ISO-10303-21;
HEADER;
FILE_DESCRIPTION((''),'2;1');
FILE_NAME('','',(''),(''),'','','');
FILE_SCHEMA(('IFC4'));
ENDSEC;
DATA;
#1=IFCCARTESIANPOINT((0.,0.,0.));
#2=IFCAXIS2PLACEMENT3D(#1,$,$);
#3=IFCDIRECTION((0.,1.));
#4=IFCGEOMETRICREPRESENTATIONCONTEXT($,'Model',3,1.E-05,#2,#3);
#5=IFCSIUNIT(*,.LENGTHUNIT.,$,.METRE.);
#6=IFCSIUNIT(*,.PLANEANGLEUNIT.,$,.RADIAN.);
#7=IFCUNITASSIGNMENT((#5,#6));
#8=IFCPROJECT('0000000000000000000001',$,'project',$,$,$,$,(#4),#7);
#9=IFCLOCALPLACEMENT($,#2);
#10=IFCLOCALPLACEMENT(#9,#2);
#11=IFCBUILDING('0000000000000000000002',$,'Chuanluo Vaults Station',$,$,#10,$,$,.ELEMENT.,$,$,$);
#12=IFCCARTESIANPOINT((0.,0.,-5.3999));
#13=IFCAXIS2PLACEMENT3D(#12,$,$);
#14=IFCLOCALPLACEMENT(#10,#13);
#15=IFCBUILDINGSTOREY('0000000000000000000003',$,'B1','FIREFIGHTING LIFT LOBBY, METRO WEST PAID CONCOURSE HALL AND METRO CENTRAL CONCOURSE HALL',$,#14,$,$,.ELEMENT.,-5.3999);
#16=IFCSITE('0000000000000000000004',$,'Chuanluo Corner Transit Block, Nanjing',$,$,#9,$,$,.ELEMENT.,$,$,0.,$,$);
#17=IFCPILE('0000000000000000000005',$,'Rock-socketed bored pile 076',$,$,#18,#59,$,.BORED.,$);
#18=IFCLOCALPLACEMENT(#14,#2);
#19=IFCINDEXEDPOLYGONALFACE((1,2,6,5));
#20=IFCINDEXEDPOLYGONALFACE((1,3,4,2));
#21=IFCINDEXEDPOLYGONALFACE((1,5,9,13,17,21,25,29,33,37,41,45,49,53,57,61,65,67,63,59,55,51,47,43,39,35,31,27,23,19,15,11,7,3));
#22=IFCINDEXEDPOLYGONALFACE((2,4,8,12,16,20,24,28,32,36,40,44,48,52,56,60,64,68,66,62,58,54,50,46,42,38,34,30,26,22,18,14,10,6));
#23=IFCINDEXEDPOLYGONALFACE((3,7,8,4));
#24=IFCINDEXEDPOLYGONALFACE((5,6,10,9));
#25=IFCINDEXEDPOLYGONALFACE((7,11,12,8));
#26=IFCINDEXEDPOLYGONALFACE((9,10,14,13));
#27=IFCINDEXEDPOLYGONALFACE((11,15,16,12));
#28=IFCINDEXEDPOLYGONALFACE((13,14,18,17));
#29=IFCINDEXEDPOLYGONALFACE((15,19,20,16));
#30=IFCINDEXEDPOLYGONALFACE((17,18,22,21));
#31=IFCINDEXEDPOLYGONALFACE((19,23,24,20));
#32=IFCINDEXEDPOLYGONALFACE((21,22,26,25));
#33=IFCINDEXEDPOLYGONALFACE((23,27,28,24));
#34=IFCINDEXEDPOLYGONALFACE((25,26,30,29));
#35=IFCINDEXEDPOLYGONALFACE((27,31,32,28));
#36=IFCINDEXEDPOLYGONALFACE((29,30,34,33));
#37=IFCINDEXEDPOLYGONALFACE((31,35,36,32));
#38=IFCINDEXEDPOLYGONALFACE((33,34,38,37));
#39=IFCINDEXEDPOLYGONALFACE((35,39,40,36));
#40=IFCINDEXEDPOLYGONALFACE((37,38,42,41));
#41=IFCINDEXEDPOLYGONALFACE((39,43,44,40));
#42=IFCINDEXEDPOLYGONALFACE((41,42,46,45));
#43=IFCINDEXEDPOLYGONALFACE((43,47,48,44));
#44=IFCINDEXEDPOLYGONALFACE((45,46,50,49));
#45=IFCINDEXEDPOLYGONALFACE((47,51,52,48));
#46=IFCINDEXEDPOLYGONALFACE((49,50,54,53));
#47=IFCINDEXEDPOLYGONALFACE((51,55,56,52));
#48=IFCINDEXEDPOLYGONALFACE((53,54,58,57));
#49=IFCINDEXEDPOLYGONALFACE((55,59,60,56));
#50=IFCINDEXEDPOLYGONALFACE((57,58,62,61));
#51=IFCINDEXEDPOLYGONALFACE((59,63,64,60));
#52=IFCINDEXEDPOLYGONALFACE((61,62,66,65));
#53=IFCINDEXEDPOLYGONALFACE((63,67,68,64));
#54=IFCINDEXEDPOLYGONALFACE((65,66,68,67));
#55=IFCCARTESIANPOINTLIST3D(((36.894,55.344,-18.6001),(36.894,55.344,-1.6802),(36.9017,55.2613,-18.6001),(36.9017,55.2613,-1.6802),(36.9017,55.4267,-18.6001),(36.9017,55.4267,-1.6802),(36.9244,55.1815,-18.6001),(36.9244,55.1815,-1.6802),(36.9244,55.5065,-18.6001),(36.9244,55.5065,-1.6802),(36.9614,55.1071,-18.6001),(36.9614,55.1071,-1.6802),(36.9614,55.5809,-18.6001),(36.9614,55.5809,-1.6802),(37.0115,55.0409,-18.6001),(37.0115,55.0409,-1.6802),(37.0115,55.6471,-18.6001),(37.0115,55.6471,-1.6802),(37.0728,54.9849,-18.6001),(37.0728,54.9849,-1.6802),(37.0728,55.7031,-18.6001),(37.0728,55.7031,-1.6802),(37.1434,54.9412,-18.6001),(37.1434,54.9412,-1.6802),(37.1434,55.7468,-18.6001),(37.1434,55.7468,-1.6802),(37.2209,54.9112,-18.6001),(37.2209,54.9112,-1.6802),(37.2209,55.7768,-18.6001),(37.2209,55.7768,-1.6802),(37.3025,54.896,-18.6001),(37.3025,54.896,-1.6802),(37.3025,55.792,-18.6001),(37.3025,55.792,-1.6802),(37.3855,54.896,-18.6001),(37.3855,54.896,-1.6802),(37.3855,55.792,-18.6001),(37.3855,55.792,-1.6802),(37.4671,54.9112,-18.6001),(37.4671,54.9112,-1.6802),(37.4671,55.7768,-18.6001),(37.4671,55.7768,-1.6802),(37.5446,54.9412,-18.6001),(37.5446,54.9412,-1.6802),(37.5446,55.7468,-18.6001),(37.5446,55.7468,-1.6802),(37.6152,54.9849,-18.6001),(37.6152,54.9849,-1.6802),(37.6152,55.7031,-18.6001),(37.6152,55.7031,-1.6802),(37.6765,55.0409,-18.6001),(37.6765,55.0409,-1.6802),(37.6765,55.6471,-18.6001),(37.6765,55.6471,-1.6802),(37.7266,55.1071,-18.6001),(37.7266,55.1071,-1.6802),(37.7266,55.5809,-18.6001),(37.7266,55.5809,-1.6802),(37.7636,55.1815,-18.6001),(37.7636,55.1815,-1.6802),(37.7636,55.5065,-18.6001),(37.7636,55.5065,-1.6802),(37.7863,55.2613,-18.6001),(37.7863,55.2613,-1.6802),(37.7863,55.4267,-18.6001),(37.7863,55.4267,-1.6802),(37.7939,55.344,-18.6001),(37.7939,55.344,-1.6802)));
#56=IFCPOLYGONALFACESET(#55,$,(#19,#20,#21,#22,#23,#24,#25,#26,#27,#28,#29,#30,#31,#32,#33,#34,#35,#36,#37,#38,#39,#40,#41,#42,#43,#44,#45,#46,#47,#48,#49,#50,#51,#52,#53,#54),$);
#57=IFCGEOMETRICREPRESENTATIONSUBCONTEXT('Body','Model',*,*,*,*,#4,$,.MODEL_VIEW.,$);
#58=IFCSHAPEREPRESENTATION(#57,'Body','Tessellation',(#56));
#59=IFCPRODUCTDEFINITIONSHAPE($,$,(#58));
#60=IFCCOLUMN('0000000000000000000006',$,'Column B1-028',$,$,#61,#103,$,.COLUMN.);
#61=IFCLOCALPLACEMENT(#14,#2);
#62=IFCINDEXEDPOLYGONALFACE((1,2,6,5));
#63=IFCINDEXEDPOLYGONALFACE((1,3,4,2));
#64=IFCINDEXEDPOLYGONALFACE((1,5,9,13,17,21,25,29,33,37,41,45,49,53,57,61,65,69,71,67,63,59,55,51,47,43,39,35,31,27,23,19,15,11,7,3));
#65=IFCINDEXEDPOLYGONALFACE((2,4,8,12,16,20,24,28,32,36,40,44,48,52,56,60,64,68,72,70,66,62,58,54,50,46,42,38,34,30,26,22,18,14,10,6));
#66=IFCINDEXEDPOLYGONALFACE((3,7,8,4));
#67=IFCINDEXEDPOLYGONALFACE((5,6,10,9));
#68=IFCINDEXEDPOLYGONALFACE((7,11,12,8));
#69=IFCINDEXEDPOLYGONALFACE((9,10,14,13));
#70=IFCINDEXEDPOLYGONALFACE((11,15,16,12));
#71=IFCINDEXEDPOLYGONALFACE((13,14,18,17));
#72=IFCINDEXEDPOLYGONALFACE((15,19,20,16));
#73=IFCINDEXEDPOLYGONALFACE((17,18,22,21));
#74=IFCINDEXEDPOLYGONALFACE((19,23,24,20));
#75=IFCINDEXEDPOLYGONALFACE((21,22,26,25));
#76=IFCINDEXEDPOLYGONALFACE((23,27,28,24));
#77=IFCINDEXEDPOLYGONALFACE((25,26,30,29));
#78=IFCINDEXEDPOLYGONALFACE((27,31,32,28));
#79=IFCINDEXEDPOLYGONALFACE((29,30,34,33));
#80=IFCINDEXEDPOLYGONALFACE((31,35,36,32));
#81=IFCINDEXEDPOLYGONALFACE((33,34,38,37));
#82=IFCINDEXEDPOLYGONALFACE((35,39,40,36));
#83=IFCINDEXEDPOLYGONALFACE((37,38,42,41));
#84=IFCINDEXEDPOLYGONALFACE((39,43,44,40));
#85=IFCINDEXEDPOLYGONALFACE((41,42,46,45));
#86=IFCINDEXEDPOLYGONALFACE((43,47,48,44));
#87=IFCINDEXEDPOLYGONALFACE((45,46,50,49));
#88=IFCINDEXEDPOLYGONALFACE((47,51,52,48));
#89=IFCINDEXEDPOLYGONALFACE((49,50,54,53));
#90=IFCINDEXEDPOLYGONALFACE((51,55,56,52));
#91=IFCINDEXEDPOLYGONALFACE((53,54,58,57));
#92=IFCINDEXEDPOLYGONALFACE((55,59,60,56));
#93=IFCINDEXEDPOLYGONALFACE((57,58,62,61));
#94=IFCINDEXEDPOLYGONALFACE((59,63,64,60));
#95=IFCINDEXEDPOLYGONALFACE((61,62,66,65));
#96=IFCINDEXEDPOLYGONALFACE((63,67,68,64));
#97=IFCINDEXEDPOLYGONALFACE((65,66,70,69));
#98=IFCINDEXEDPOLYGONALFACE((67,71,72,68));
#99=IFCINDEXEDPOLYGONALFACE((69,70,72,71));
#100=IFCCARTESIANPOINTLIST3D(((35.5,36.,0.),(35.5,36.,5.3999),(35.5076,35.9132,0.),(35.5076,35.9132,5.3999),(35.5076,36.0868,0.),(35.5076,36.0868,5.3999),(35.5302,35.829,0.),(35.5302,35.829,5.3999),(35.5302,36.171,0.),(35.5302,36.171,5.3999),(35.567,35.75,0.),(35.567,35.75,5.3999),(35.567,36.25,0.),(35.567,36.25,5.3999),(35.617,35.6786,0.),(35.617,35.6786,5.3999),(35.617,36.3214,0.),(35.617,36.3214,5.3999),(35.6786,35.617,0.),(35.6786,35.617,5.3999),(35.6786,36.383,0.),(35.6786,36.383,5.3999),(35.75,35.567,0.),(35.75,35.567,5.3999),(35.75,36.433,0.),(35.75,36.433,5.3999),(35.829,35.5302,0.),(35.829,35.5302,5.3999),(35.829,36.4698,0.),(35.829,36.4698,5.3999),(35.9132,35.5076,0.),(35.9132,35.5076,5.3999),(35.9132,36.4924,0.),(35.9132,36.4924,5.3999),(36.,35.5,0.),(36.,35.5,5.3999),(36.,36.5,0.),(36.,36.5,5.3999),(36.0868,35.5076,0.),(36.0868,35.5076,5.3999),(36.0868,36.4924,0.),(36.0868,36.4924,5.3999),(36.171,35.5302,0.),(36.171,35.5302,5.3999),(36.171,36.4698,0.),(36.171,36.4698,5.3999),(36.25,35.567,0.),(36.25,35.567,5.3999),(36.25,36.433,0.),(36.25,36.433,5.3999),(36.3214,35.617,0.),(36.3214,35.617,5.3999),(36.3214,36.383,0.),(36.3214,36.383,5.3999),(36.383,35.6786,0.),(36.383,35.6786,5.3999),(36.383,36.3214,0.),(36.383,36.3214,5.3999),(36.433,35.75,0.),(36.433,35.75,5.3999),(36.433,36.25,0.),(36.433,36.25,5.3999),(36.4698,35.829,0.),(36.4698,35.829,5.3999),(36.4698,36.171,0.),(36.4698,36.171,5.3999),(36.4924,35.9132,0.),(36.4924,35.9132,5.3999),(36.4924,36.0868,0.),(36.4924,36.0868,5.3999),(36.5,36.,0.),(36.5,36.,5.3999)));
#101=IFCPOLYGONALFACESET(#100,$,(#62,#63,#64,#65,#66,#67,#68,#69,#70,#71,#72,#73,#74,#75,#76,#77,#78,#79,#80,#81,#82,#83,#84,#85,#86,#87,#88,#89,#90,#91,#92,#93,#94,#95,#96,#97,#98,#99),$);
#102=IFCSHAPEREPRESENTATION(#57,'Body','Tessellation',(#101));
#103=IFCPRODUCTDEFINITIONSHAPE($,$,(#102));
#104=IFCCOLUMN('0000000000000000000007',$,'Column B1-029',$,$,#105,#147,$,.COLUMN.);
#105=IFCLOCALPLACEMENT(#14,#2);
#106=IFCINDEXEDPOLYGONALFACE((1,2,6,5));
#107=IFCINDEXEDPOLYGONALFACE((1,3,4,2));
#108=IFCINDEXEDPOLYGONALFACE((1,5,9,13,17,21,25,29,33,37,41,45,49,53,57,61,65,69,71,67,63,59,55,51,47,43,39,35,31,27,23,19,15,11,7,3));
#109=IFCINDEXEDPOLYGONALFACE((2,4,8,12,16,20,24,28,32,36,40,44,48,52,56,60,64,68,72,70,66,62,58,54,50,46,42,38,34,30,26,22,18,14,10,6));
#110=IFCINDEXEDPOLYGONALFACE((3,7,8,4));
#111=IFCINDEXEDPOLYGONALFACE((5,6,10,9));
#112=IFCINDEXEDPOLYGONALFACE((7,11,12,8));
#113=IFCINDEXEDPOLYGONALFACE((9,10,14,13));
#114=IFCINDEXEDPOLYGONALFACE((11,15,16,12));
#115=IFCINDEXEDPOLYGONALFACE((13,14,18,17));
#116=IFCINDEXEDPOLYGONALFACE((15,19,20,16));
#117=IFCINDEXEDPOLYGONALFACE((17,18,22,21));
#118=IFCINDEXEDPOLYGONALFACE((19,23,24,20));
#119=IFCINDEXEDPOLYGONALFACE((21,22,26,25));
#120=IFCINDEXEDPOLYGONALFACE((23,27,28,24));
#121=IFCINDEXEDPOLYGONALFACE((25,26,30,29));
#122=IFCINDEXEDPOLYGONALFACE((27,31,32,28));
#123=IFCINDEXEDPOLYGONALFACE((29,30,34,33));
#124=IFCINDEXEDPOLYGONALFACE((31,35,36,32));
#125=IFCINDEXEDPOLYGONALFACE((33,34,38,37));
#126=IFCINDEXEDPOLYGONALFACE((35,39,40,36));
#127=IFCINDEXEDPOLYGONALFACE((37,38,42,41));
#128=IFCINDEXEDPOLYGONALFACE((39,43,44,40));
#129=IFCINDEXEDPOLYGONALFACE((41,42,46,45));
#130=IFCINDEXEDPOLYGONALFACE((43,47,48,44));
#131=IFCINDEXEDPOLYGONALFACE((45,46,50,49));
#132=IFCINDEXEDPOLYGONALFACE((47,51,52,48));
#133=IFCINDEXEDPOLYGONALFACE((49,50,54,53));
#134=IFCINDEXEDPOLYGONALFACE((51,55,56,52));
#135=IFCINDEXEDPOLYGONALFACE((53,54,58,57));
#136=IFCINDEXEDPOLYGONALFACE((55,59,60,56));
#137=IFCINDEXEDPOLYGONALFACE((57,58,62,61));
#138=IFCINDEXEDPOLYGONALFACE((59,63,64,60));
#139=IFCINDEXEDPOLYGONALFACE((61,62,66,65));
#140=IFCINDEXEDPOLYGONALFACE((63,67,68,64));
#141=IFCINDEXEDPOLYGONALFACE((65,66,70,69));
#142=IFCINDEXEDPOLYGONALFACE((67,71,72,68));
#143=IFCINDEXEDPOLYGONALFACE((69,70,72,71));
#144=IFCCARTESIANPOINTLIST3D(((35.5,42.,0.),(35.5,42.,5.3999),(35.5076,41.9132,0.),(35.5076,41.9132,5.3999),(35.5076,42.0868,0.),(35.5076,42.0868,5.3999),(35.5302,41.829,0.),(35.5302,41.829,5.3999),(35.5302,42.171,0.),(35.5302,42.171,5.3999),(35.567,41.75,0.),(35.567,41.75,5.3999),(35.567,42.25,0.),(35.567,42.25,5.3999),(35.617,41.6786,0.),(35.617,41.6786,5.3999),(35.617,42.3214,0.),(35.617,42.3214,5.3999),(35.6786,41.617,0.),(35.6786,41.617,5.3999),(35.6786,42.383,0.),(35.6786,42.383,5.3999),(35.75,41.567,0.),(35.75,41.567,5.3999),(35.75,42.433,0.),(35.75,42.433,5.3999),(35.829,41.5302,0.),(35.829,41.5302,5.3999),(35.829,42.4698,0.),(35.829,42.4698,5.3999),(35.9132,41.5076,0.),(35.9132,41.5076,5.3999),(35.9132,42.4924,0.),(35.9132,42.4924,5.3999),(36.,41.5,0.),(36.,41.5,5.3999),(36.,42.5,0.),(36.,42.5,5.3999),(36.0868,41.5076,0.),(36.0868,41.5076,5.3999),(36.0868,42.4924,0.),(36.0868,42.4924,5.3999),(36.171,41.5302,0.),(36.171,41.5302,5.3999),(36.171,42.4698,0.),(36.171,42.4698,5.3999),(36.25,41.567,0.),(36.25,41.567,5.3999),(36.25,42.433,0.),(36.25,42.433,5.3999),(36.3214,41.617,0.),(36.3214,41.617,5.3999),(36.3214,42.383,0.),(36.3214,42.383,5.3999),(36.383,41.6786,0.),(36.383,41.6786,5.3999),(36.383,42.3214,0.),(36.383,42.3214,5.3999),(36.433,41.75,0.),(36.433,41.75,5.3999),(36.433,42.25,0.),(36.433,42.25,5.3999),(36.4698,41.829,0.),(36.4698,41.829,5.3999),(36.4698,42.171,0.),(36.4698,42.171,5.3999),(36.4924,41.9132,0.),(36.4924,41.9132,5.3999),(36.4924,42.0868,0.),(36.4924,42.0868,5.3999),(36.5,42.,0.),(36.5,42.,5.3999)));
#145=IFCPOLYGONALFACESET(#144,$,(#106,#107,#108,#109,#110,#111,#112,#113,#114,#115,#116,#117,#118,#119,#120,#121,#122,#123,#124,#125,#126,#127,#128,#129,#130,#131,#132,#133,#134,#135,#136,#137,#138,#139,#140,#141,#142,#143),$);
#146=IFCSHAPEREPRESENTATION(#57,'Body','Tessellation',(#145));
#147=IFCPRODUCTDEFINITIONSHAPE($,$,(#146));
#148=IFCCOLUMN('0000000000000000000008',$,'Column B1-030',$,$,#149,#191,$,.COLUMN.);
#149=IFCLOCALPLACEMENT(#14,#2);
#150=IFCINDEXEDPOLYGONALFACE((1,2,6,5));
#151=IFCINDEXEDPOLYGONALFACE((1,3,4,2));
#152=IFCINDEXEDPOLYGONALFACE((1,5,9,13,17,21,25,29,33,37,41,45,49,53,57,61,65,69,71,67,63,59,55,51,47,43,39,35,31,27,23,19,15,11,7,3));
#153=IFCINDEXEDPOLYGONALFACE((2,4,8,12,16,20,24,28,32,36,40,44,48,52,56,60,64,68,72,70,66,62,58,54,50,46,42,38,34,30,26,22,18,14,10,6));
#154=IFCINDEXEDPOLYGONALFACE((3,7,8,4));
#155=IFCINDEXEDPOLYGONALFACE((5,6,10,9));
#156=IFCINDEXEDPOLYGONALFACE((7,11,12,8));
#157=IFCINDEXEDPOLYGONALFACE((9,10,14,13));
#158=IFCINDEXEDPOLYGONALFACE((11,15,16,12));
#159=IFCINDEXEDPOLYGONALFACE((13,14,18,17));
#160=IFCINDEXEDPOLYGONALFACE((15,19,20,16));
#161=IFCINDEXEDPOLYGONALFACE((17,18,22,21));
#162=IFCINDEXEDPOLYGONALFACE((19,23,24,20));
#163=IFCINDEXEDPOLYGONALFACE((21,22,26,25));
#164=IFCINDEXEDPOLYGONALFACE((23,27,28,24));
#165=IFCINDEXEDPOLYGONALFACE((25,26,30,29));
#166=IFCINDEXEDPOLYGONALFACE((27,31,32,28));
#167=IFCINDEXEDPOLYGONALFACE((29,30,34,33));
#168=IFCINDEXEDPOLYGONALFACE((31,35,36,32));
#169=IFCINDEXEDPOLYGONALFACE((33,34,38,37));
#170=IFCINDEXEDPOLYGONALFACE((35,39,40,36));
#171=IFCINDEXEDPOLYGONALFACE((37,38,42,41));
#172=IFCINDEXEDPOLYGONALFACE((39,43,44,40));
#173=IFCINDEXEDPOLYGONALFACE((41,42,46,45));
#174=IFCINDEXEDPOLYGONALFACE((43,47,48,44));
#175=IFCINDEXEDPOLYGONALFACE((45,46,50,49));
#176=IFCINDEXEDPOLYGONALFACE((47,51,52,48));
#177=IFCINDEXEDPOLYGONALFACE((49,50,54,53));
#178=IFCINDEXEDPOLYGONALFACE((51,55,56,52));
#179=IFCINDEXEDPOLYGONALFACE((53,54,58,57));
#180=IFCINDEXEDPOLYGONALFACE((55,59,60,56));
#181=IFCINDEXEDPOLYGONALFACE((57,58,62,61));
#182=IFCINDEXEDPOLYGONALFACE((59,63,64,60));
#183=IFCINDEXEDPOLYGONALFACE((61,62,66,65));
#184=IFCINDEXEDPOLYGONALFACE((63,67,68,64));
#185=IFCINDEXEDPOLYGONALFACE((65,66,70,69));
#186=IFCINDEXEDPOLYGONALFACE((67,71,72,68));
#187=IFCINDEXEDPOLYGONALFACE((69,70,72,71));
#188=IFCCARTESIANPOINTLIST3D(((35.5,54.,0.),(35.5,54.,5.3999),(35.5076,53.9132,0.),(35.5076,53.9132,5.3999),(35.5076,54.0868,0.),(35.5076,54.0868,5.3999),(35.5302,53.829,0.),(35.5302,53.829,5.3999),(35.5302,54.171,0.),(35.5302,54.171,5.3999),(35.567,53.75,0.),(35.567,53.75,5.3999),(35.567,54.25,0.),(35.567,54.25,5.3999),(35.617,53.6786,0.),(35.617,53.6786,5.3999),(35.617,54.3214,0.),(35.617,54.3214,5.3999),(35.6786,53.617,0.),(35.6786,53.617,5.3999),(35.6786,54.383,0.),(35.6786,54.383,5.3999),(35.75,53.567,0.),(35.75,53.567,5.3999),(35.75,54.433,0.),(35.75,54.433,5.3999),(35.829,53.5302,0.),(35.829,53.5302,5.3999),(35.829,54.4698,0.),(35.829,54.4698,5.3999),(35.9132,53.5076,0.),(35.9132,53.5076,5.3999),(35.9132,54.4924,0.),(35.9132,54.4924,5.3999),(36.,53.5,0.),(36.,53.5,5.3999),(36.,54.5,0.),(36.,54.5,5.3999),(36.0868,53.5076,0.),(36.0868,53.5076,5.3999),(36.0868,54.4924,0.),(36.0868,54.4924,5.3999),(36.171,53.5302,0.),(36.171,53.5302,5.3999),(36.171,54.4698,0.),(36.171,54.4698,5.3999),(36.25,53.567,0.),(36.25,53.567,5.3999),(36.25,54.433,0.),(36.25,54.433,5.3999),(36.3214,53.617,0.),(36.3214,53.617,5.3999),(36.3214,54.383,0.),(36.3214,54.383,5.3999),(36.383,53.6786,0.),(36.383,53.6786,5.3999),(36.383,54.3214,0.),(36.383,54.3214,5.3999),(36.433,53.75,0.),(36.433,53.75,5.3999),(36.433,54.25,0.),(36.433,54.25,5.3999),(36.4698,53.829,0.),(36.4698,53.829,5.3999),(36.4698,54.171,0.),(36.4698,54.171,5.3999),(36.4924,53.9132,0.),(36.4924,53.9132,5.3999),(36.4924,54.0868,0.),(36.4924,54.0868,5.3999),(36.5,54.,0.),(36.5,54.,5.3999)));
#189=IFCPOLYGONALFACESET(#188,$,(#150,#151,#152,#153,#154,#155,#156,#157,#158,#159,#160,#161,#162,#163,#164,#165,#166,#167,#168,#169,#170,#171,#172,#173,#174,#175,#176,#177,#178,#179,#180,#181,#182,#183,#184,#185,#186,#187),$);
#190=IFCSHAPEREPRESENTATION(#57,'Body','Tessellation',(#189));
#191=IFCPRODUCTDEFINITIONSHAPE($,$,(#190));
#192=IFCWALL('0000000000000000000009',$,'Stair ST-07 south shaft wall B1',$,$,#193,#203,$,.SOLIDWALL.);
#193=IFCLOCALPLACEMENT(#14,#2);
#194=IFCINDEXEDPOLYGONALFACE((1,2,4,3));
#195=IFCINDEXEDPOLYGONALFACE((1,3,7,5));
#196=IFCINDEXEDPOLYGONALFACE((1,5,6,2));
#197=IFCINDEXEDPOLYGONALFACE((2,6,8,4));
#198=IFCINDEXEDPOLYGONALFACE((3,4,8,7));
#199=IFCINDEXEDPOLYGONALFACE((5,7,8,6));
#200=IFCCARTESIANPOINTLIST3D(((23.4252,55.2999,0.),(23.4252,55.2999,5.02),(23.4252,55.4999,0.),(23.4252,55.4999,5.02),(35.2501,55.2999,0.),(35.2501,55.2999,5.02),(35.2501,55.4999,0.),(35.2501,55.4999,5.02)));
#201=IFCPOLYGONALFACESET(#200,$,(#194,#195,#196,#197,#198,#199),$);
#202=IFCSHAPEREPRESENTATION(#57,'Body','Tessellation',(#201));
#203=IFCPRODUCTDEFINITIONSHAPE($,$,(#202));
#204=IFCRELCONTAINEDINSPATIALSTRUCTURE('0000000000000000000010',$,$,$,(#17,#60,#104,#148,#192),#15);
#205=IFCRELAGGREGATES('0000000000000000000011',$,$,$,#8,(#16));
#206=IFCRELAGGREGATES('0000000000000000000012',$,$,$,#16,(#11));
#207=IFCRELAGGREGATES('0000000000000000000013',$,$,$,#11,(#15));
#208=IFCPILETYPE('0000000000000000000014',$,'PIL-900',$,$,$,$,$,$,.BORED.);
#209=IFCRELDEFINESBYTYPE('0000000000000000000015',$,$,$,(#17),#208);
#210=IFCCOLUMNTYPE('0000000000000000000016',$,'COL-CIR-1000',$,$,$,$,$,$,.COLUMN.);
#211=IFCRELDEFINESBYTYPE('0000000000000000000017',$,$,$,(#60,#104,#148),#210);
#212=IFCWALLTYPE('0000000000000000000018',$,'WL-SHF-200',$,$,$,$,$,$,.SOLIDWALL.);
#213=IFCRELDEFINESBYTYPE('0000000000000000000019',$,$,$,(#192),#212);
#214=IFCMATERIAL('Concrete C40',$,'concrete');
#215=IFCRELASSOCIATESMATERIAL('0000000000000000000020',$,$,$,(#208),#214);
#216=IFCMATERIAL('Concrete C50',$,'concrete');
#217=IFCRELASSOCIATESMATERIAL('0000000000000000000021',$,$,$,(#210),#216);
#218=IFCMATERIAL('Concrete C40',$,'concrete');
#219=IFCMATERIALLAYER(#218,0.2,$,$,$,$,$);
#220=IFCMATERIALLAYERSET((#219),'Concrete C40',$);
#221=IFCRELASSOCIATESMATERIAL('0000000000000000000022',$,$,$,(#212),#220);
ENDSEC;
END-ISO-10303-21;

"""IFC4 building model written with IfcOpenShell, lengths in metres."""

from ifc_helpers import new_model, si_unit, direction, frame, frame_2d, origin, origin_2d, place, context, subcontext, project, spatial, rectangle, circle, extrude, material, layer, layer_set, material_profile, profile_set, type_object, element, save


model = new_model("IFC4")

# Units and contexts
model_context = context("Model", 3, precision=1e-05, world=origin(), true_north=direction((0.0, 1.0)))
body_context = subcontext(model_context, "Body", "Model", "MODEL_VIEW")
ifc_project = project(units=[si_unit("LENGTHUNIT", "METRE"), si_unit("PLANEANGLEUNIT", "RADIAN")], contexts=[model_context])

# Site, building, storey
site_placement = place(None, origin())
site = spatial("IfcSite", under=ifc_project, at=site_placement, Name="Chuanluo Corner Transit Block, Nanjing", CompositionType="ELEMENT", RefElevation=0.0)
building_placement = place(site_placement, origin())
building = spatial("IfcBuilding", under=site, at=building_placement, Name="Chuanluo Vaults Station", CompositionType="ELEMENT")
storey_placement = place(building_placement, frame((0.0, 0.0, -5.3999)))
storey = spatial("IfcBuildingStorey", under=building, at=storey_placement, Name="B1", Description="FIREFIGHTING LIFT LOBBY, METRO WEST PAID CONCOURSE HALL AND METRO CENTRAL CONCOURSE HALL", CompositionType="ELEMENT", Elevation=-5.3999)

# Pile
ifc_material_1 = material(Name="Concrete C40", Category="concrete")
ifc_material_profile_1 = material_profile(ifc_material_1, circle(Radius=0.45, at=origin_2d()))
ifc_profile_set_1 = profile_set([ifc_material_profile_1], Name="Concrete C40")
pile_type_1 = type_object("IfcPileType", Name="PIL-900", PredefinedType="BORED", material=ifc_profile_set_1)
for number, where, z_axis, x_axis, name in (
    (1, (37.344, 55.344, -1.6802), (0.0, 0.0, -1.0), (1.0, 0.0, 0.0), "Rock-socketed bored pile 076"),
):
    element("IfcPile", number, at=place(storey_placement, frame(where, z_axis=z_axis, x_axis=x_axis)), inside=storey, type_object=pile_type_1, Name=name, PredefinedType="BORED", context=body_context, shape_type="SweptSolid", body=[
        extrude(circle(Radius=0.45, at=origin_2d()), origin(), (0.0, 0.0, 1.0), 16.9199),
    ])

# Columns
ifc_material_2 = material(Name="Concrete C50", Category="concrete")
ifc_material_profile_2 = material_profile(ifc_material_2, circle(Radius=0.5, at=origin_2d()))
ifc_profile_set_2 = profile_set([ifc_material_profile_2], Name="Concrete C50")
column_type = type_object("IfcColumnType", Name="COL-CIR-1000", PredefinedType="COLUMN", material=ifc_profile_set_2)
for number, where, z_axis, x_axis, name in (
    (2, (36.0, 36.0, 0.0), (0.0, 0.0, 1.0), (1.0, 0.0, 0.0), "Column B1-028"),
    (3, (36.0, 42.0, 0.0), (0.0, 0.0, 1.0), (1.0, 0.0, 0.0), "Column B1-029"),
    (4, (36.0, 54.0, 0.0), (0.0, 0.0, 1.0), (1.0, 0.0, 0.0), "Column B1-030"),
):
    element("IfcColumn", number, at=place(storey_placement, frame(where, z_axis=z_axis, x_axis=x_axis)), inside=storey, type_object=column_type, Name=name, PredefinedType="COLUMN", context=body_context, shape_type="SweptSolid", body=[
        extrude(circle(Radius=0.5, at=origin_2d()), origin(), (0.0, 0.0, 1.0), 5.3999),
    ])

# Wall
ifc_material_3 = material(Name="Concrete C40", Category="concrete")
ifc_layer = layer(ifc_material_3, 0.2)
ifc_layer_set = layer_set([ifc_layer], Name="Concrete C40")
wall_type = type_object("IfcWallType", Name="WL-SHF-200", PredefinedType="SOLIDWALL", material=ifc_layer_set)
for number, where, z_axis, x_axis, name in (
    (5, (23.425, 55.3999, 0.0), (0.0, 0.0, 1.0), (1.0, 0.0, 0.0), "Stair ST-07 south shaft wall B1"),
):
    element("IfcWall", number, at=place(storey_placement, frame(where, z_axis=z_axis, x_axis=x_axis)), inside=storey, type_object=wall_type, Name=name, PredefinedType="SOLIDWALL", context=body_context, shape_type="SweptSolid", body=[
        extrude(rectangle(XDim=11.825, YDim=0.2, at=frame_2d((5.9126, 0.0))), origin(), (0.0, 0.0, 1.0), 5.02),
    ])

save(model, "model.ifc")
